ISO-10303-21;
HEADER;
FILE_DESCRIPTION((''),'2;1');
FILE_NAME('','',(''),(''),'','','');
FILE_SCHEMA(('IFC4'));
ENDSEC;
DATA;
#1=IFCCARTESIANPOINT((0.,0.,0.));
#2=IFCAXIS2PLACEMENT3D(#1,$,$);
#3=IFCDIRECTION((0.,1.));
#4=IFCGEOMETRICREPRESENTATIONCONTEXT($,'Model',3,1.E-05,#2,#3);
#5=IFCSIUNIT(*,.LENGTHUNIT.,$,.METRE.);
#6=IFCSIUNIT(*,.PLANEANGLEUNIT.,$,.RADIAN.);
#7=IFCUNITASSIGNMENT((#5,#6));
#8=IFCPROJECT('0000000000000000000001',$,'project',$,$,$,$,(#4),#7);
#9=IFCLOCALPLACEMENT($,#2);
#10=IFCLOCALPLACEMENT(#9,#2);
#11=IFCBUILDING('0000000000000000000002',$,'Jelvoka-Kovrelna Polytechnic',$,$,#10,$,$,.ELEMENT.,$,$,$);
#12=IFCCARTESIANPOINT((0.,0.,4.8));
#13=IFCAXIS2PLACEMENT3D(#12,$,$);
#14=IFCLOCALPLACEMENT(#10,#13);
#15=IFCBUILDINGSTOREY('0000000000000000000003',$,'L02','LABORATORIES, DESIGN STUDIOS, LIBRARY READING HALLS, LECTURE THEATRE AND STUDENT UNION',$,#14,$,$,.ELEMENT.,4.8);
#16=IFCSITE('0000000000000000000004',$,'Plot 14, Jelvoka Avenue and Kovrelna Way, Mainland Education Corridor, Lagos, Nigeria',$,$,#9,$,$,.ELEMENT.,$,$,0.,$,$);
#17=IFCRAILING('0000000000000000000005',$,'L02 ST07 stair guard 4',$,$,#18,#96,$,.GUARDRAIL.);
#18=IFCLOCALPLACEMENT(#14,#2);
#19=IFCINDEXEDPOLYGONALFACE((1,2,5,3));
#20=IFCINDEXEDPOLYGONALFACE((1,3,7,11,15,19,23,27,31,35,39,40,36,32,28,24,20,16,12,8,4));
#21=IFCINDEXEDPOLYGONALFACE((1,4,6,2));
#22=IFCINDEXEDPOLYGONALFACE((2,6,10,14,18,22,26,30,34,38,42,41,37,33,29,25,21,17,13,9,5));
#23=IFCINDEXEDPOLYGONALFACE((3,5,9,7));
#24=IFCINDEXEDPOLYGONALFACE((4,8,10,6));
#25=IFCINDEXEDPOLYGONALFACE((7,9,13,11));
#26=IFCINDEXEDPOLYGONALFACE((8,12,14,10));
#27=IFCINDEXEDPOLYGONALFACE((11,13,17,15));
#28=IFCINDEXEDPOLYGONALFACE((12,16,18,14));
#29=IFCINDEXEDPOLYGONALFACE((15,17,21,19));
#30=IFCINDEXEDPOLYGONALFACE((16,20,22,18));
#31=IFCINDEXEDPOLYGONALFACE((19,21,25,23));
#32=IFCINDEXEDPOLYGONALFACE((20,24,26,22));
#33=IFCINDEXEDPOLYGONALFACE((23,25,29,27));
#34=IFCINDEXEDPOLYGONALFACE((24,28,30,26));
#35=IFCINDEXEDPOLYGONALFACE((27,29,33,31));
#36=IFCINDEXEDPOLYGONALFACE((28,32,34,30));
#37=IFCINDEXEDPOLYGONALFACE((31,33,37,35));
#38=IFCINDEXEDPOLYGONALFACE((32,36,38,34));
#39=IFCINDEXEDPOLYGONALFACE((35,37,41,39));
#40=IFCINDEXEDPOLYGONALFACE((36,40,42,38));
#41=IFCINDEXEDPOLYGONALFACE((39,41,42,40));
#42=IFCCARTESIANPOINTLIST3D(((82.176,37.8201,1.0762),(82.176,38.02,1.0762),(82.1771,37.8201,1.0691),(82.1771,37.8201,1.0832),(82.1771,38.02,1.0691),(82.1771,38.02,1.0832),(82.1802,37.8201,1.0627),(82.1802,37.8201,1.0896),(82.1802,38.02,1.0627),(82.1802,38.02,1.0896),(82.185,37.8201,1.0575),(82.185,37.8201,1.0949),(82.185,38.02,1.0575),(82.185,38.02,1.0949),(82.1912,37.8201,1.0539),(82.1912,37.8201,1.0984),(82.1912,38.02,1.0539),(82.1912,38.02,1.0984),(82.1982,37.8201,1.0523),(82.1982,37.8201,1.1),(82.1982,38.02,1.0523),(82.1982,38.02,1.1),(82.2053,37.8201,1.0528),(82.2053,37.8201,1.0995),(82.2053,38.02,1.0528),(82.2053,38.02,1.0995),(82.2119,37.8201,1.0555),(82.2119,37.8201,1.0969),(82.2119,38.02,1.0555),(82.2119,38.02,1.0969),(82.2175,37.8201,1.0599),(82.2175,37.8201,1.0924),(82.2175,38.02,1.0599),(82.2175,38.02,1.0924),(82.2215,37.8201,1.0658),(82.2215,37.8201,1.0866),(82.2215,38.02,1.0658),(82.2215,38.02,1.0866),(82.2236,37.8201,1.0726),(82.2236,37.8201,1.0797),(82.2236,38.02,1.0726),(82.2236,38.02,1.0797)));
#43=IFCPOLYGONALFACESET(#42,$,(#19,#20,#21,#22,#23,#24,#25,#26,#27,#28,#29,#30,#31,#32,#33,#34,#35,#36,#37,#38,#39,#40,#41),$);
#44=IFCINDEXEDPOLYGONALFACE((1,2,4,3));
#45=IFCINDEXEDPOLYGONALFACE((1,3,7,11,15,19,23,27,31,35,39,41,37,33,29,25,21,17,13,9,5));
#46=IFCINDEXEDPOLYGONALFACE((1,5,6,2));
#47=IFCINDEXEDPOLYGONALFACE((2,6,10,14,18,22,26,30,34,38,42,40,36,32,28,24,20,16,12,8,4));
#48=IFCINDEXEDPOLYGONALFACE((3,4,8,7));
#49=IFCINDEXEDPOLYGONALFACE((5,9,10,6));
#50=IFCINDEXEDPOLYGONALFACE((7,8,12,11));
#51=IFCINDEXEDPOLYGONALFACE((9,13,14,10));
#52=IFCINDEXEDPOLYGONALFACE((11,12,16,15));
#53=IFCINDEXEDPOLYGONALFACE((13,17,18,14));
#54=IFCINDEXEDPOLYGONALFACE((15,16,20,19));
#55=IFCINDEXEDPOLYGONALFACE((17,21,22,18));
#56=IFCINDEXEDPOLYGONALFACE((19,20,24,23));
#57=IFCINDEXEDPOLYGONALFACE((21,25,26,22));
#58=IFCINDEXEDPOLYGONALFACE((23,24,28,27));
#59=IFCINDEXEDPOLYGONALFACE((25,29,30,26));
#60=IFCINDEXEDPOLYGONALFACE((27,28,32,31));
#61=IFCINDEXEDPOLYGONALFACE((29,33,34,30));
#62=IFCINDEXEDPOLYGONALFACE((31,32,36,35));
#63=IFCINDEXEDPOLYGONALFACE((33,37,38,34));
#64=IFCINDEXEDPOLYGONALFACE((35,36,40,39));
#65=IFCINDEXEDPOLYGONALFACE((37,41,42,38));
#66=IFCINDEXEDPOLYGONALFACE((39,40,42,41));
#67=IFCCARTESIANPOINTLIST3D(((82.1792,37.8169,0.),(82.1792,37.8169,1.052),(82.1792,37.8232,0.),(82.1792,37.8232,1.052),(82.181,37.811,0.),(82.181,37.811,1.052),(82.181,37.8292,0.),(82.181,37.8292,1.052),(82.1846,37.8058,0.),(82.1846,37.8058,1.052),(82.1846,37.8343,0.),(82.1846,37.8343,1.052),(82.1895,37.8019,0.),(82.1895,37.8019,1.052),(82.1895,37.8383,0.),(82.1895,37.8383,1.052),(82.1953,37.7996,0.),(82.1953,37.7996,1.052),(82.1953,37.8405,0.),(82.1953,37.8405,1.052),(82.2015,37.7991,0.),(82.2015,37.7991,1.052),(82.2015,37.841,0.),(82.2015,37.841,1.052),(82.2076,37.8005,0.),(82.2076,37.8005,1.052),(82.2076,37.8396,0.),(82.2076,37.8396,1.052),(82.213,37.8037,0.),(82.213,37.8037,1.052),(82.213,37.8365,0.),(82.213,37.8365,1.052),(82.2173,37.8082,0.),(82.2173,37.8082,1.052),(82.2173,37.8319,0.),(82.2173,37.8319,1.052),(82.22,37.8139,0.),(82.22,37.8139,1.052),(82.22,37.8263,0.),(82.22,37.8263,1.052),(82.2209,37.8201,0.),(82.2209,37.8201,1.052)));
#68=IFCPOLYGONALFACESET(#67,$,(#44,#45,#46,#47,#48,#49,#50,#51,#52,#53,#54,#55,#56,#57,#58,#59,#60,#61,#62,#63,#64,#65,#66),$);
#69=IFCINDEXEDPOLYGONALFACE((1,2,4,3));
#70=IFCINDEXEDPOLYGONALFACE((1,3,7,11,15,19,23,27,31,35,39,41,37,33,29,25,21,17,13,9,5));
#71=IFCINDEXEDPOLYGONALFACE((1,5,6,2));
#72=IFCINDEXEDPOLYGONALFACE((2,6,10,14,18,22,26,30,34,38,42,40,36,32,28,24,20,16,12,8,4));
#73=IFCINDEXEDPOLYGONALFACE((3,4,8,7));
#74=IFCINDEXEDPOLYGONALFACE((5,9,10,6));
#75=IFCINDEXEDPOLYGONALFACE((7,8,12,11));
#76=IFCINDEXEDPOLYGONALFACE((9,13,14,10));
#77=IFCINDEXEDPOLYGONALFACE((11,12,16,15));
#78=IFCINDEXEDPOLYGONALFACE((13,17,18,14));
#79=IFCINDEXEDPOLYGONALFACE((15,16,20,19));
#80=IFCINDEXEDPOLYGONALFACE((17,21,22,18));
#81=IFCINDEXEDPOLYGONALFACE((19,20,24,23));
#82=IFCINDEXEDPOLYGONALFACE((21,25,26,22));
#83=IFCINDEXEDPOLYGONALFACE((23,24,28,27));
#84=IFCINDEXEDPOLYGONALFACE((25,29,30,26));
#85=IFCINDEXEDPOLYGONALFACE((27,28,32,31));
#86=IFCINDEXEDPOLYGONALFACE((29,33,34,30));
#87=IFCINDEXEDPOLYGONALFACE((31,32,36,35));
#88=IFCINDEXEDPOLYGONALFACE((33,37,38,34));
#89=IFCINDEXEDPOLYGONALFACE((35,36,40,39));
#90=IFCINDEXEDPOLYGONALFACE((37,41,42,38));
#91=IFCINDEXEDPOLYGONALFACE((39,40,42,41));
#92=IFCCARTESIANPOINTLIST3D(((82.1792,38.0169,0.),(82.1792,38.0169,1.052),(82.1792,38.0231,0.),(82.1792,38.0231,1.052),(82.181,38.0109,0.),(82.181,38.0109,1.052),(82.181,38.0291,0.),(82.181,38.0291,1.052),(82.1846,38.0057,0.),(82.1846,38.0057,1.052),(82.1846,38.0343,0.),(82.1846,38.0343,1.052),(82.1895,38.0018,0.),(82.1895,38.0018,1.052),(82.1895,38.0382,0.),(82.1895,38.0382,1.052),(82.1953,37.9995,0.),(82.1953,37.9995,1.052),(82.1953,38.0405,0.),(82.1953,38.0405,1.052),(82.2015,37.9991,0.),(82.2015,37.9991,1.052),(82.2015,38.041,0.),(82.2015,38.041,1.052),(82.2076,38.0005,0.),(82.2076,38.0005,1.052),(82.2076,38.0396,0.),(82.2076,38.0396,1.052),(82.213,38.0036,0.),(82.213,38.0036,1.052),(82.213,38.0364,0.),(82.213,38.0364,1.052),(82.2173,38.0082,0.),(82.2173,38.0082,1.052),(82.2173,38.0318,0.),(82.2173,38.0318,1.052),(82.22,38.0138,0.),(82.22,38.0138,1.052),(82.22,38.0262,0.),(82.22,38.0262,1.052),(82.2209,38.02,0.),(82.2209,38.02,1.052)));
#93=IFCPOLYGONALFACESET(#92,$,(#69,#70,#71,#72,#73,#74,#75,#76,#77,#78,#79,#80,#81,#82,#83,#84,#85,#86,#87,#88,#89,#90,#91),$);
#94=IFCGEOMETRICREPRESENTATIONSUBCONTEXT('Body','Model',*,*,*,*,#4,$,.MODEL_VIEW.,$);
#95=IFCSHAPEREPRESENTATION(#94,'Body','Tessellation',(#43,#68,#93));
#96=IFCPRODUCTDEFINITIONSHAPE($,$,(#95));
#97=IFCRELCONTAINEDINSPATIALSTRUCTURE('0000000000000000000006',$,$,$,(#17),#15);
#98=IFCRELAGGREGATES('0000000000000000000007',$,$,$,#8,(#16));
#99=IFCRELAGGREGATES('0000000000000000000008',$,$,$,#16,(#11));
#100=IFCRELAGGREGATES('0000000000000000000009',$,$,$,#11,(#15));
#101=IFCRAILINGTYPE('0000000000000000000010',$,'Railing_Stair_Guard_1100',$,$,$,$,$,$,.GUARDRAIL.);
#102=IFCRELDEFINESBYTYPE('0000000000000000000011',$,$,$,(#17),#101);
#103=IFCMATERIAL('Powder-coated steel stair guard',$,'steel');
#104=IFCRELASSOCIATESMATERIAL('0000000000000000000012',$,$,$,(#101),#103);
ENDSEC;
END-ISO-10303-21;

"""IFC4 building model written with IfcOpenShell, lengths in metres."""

from ifc_helpers import new_model, si_unit, direction, frame, origin, origin_2d, place, context, subcontext, project, spatial, circle, extrude, material, type_object, element, save


model = new_model("IFC4")

# Units and contexts
model_context = context("Model", 3, precision=1e-05, world=origin(), true_north=direction((0.0, 1.0)))
body_context = subcontext(model_context, "Body", "Model", "MODEL_VIEW")
ifc_project = project(units=[si_unit("LENGTHUNIT", "METRE"), si_unit("PLANEANGLEUNIT", "RADIAN")], contexts=[model_context])

# Site, building, storey
site_placement = place(None, origin())
site = spatial("IfcSite", under=ifc_project, at=site_placement, Name="Plot 14, Jelvoka Avenue and Kovrelna Way, Mainland Education Corridor, Lagos, Nigeria", CompositionType="ELEMENT", RefElevation=0.0)
building_placement = place(site_placement, origin())
building = spatial("IfcBuilding", under=site, at=building_placement, Name="Jelvoka-Kovrelna Polytechnic", CompositionType="ELEMENT")
storey_placement = place(building_placement, frame((0.0, 0.0, 4.8)))
storey = spatial("IfcBuildingStorey", under=building, at=storey_placement, Name="L02", Description="LABORATORIES, DESIGN STUDIOS, LIBRARY READING HALLS, LECTURE THEATRE AND STUDENT UNION", CompositionType="ELEMENT", Elevation=4.8)

# Railing
ifc_material_1 = material(Name="Powder-coated steel stair guard", Category="steel")
railing_type_1 = type_object("IfcRailingType", Name="Railing_Stair_Guard_1100", PredefinedType="GUARDRAIL", material=ifc_material_1)
railing_1_placement = place(storey_placement, frame((82.2, 37.8201, 0.0)))
element("IfcRailing", 1, at=railing_1_placement, inside=storey, type_object=railing_type_1, Name="L02 ST07 stair guard 4", PredefinedType="GUARDRAIL", context=body_context, shape_type="SweptSolid", body=[
    extrude(circle(Radius=0.0239, at=origin_2d()), frame((0.0, 0.0, 1.0762), z_axis=(0.0, 1.0, 0.0), x_axis=(-1.0, 0.0, 0.0)), (0.0, 0.0, 1.0), 0.2),
    extrude(circle(Radius=0.021, at=origin_2d()), origin(), (0.0, 0.0, 1.0), 1.052),
    extrude(circle(Radius=0.021, at=origin_2d()), frame((0.0, 0.2, 0.0)), (0.0, 0.0, 1.0), 1.052),
])

save(model, "model.ifc")
